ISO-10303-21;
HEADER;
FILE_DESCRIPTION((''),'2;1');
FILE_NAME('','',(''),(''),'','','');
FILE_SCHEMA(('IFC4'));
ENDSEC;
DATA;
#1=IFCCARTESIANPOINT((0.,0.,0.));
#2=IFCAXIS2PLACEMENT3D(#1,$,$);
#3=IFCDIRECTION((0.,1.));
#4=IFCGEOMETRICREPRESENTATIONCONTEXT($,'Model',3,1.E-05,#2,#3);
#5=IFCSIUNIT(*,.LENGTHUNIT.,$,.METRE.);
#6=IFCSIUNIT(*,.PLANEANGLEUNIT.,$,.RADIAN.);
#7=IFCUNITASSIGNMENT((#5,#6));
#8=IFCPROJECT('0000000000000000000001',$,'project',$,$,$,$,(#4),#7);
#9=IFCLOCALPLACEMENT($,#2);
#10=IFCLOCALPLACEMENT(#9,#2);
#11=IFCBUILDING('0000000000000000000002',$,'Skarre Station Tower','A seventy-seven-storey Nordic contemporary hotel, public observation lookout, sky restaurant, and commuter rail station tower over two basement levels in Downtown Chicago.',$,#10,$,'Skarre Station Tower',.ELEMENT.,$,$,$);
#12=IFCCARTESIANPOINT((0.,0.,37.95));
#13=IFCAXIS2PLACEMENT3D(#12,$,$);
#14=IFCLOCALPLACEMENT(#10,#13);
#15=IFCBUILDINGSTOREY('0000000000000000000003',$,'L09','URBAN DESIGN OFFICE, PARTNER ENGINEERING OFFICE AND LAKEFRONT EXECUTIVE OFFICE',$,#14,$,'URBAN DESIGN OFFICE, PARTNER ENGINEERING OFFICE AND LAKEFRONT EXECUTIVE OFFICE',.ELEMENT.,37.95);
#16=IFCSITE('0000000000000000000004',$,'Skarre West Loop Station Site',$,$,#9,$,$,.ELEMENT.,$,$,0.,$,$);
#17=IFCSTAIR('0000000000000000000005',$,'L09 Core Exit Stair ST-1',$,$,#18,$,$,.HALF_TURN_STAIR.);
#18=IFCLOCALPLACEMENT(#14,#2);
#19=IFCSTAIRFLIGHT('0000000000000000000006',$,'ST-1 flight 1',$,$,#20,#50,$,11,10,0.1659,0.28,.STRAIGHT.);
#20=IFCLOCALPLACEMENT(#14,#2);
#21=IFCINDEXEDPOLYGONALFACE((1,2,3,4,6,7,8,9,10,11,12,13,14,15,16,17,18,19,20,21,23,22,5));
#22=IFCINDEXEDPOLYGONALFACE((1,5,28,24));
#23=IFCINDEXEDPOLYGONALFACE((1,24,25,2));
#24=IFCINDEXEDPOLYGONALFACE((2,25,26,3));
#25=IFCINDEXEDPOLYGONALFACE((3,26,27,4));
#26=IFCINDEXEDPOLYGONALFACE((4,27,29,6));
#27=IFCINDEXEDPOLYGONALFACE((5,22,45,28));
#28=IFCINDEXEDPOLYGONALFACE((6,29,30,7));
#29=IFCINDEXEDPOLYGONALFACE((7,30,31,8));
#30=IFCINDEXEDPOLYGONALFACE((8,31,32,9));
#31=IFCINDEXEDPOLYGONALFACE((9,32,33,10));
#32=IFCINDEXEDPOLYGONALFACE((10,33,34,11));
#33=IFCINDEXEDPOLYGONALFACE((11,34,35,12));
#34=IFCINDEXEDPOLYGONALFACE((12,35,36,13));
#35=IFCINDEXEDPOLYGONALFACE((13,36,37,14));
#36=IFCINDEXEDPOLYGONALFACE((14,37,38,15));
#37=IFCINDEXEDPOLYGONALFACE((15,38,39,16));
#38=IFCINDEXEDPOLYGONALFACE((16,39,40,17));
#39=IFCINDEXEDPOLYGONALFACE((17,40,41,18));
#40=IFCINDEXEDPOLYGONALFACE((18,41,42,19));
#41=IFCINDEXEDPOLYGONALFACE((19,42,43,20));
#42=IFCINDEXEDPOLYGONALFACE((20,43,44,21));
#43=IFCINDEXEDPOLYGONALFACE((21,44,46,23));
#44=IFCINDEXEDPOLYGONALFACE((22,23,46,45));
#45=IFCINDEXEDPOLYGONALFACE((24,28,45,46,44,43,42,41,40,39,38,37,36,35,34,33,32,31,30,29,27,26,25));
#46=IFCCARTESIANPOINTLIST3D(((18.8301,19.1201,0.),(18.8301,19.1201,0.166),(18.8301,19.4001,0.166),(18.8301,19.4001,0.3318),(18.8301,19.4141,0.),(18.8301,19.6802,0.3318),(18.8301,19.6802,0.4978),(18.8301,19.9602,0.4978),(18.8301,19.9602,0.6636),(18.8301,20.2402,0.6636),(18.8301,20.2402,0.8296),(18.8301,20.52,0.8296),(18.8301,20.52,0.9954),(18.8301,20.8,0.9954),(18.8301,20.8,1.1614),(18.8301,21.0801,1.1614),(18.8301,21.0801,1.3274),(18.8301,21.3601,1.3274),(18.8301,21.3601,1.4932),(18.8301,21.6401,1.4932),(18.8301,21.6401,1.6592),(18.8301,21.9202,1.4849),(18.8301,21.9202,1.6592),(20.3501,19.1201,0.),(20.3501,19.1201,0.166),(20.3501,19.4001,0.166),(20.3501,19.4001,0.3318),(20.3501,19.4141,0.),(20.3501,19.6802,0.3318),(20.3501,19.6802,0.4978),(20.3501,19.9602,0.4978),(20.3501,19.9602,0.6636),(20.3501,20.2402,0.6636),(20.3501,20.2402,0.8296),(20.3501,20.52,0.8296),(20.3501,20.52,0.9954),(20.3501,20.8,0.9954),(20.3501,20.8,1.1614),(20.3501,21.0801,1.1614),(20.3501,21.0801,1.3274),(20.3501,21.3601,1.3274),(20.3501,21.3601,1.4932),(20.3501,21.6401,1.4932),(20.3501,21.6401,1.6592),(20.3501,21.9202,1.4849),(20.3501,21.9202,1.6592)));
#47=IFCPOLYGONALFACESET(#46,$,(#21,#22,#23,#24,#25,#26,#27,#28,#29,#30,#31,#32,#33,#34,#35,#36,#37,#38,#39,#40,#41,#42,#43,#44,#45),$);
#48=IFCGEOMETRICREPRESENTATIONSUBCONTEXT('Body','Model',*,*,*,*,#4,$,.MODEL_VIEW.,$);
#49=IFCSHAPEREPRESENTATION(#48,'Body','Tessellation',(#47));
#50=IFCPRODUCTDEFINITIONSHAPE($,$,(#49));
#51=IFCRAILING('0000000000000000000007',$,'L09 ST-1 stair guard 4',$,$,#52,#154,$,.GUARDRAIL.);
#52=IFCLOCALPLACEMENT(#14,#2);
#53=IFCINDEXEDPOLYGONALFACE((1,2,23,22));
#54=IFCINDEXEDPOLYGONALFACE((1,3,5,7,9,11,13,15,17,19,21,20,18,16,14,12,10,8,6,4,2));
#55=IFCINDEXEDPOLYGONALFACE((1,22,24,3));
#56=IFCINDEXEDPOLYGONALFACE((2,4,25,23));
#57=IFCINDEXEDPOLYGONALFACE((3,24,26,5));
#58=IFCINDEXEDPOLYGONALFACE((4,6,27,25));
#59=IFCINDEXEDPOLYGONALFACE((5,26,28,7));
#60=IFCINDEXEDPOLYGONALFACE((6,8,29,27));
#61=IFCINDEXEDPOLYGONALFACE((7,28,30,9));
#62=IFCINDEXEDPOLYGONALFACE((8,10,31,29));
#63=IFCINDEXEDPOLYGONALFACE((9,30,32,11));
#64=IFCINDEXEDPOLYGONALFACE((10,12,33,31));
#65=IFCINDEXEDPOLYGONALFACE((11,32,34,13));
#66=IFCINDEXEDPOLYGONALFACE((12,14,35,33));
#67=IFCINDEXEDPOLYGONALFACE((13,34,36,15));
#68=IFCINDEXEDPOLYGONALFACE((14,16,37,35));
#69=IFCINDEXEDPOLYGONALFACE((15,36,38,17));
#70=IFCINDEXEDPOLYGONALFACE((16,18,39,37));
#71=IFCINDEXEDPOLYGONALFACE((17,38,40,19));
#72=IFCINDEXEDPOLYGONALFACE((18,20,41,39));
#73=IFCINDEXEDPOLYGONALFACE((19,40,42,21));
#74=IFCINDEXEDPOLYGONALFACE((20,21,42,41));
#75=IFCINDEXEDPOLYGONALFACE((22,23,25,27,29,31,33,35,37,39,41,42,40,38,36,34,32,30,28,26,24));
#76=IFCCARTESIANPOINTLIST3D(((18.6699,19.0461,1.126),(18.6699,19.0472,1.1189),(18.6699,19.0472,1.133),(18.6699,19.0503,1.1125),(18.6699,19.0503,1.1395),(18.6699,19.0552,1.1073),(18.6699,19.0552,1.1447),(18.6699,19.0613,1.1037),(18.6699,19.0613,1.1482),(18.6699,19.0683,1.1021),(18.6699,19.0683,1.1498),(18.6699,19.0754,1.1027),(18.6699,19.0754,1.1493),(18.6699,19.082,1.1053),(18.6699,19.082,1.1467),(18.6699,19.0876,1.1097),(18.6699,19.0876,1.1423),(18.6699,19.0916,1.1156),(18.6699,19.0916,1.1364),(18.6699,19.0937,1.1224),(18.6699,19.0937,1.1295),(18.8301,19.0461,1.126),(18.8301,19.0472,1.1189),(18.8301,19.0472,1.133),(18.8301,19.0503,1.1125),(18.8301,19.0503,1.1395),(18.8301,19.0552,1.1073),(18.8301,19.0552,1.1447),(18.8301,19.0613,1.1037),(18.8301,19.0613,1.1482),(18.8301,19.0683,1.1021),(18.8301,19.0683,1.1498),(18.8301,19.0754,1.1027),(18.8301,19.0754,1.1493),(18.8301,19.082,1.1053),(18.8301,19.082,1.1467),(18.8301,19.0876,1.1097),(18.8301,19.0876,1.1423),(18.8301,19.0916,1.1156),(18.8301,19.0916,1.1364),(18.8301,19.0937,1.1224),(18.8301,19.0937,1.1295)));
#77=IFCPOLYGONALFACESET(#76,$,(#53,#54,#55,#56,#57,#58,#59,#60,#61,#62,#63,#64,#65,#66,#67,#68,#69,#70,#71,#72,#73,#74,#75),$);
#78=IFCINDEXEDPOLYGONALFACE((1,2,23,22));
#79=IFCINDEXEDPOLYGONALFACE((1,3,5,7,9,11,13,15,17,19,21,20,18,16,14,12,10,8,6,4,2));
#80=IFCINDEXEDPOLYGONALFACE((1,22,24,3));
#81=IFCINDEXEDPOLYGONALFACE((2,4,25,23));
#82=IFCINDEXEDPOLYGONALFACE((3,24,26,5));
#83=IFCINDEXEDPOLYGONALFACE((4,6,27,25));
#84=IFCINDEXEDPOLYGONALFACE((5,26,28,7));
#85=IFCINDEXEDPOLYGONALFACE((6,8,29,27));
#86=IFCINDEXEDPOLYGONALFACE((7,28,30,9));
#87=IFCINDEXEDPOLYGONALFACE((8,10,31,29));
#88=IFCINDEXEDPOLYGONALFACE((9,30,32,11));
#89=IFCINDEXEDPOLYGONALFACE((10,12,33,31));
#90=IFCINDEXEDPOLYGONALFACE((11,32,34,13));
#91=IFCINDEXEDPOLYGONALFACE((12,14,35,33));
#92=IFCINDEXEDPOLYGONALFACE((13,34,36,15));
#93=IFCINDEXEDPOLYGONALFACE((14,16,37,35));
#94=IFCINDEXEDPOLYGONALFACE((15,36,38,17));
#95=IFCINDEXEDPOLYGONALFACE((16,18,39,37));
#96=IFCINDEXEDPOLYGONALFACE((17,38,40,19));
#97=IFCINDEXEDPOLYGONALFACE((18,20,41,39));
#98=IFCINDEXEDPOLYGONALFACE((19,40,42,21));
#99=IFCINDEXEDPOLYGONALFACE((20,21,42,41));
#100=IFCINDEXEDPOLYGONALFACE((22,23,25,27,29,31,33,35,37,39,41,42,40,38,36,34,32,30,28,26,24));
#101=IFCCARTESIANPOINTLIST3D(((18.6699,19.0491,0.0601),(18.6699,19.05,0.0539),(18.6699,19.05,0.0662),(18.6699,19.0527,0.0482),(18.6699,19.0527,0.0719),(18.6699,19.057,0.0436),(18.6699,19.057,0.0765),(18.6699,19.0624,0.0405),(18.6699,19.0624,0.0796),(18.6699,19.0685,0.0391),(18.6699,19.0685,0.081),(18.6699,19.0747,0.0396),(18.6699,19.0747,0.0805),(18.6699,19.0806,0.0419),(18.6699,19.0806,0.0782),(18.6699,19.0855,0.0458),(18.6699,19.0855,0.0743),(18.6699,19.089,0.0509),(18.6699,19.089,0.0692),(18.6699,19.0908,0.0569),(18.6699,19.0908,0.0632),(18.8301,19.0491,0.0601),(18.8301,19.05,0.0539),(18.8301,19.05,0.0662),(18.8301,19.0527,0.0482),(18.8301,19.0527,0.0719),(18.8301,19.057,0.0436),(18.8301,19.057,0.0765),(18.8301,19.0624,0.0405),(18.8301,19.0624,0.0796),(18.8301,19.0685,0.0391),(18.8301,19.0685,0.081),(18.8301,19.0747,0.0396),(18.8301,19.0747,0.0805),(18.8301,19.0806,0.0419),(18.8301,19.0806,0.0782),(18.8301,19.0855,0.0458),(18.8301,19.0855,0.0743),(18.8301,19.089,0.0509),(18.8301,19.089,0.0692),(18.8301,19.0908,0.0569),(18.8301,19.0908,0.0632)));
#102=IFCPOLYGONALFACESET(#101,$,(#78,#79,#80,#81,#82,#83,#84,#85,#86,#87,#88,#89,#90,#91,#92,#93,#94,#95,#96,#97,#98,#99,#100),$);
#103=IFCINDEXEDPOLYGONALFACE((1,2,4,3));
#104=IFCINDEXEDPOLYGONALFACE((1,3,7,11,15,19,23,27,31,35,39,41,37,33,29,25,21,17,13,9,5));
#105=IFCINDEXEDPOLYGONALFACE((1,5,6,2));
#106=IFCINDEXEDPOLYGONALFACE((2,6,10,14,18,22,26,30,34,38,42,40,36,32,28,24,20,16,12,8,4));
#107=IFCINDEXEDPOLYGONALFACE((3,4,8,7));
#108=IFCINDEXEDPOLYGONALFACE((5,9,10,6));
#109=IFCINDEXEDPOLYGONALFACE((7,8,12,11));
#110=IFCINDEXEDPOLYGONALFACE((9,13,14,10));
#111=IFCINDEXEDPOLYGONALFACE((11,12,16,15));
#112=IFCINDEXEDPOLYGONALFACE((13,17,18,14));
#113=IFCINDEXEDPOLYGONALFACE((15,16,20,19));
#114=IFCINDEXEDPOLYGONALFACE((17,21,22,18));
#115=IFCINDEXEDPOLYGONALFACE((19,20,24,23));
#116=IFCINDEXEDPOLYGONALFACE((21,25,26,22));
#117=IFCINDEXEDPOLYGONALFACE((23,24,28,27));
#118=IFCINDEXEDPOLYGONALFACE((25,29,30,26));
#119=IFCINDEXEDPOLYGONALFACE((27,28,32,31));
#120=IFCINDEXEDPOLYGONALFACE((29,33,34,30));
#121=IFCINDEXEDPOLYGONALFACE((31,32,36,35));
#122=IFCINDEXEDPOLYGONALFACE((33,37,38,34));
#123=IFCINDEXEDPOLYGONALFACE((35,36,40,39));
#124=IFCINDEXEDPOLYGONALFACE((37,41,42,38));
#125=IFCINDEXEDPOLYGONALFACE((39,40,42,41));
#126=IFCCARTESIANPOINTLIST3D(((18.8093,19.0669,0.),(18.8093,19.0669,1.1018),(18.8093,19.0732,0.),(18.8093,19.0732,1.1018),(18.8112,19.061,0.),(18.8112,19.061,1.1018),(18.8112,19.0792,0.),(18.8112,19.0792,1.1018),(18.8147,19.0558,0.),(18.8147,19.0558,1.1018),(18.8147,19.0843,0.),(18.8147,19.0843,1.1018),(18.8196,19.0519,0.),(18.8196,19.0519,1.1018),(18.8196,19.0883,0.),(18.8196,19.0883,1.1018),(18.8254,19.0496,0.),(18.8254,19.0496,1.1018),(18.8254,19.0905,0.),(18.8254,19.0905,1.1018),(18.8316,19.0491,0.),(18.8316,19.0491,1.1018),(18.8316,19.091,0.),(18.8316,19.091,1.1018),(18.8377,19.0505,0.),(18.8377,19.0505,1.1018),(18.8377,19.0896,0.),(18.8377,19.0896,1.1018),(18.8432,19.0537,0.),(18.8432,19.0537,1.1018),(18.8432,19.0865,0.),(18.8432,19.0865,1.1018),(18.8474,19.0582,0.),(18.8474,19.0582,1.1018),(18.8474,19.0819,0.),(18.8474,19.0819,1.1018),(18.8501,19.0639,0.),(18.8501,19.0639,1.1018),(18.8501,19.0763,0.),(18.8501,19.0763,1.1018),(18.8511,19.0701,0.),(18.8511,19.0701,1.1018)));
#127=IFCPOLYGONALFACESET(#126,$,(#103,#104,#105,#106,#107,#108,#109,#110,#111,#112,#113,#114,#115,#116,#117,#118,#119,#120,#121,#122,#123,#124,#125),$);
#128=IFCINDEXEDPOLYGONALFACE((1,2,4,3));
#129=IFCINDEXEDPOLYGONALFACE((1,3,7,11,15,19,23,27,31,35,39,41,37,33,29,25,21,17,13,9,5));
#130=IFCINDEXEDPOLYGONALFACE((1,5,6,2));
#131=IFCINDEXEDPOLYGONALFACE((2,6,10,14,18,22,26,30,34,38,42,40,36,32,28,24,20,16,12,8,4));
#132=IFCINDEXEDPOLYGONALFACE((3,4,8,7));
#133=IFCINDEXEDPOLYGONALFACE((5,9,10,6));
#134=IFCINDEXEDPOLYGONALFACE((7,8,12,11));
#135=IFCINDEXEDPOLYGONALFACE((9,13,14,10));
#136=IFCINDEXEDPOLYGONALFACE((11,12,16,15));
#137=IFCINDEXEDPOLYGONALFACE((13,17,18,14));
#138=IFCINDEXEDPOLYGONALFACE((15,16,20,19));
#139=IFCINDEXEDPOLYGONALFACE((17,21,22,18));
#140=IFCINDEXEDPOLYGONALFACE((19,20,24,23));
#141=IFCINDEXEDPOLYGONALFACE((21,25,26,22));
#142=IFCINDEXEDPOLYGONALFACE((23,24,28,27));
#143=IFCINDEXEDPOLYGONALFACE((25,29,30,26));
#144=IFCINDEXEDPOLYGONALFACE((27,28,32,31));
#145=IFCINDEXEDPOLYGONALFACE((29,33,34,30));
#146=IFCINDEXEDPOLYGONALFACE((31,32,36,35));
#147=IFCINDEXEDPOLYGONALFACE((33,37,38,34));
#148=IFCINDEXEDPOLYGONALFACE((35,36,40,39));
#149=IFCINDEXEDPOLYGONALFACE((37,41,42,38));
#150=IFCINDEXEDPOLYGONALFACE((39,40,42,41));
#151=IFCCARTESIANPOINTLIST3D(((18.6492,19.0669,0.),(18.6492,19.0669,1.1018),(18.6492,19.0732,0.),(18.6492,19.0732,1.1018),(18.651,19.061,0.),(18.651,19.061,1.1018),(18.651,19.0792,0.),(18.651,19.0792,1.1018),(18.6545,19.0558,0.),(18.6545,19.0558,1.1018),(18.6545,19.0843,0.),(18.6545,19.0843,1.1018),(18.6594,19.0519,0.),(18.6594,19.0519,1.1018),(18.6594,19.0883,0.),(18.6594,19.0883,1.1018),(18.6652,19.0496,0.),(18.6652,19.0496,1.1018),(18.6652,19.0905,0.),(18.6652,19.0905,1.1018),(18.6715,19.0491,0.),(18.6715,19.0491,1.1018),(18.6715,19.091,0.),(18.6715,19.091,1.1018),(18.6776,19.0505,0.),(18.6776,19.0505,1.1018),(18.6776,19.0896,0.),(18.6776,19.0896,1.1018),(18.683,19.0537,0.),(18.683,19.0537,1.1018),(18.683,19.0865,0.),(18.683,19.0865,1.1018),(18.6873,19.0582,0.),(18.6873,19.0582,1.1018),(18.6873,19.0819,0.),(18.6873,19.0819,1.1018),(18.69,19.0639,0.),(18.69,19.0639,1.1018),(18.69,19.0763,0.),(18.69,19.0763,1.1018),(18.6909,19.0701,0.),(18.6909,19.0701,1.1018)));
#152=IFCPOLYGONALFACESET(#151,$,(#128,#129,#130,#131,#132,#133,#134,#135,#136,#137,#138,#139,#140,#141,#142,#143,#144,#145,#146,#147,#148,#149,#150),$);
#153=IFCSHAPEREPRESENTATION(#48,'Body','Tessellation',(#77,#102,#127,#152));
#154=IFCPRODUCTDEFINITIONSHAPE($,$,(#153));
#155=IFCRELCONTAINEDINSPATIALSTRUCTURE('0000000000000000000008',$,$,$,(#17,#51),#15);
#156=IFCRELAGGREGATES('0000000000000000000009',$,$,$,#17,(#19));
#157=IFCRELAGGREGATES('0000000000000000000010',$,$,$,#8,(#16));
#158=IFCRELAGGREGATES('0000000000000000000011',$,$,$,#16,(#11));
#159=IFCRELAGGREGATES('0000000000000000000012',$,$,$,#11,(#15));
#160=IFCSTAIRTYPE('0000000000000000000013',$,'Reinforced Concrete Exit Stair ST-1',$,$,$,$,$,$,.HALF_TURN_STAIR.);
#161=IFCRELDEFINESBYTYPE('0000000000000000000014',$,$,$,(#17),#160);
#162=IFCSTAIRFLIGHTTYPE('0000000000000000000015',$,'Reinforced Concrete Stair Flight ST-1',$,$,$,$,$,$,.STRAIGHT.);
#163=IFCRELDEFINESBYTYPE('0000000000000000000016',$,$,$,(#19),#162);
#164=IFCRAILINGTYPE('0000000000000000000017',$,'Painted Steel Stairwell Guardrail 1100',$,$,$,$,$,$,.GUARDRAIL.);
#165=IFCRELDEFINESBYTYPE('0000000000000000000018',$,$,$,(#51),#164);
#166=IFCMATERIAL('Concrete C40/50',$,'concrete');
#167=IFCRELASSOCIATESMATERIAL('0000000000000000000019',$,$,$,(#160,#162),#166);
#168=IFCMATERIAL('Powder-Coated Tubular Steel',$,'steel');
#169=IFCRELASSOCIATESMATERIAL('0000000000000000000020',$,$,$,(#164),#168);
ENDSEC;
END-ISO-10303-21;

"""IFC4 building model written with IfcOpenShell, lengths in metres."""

from ifc_helpers import new_model, si_unit, direction, frame, origin, origin_2d, place, context, subcontext, project, spatial, polyline, circle, outline, extrude, material, type_object, element, aggregate, save


model = new_model("IFC4")

# Units and contexts
model_context = context("Model", 3, precision=1e-05, world=origin(), true_north=direction((0.0, 1.0)))
body_context = subcontext(model_context, "Body", "Model", "MODEL_VIEW")
ifc_project = project(units=[si_unit("LENGTHUNIT", "METRE"), si_unit("PLANEANGLEUNIT", "RADIAN")], contexts=[model_context])

# Site, building, storey
site_placement = place(None, origin())
site = spatial("IfcSite", under=ifc_project, at=site_placement, Name="Skarre West Loop Station Site", CompositionType="ELEMENT", RefElevation=0.0)
building_placement = place(site_placement, origin())
building = spatial("IfcBuilding", under=site, at=building_placement, Name="Skarre Station Tower", Description="A seventy-seven-storey Nordic contemporary hotel, public observation lookout, sky restaurant, and commuter rail station tower over two basement levels in Downtown Chicago.", LongName="Skarre Station Tower", CompositionType="ELEMENT")
storey_placement = place(building_placement, frame((0.0, 0.0, 37.95)))
storey = spatial("IfcBuildingStorey", under=building, at=storey_placement, Name="L09", Description="URBAN DESIGN OFFICE, PARTNER ENGINEERING OFFICE AND LAKEFRONT EXECUTIVE OFFICE", LongName="URBAN DESIGN OFFICE, PARTNER ENGINEERING OFFICE AND LAKEFRONT EXECUTIVE OFFICE", CompositionType="ELEMENT", Elevation=37.95)

# Stair
ifc_material_1 = material(Name="Concrete C40/50", Category="concrete")
stair_type_1 = type_object("IfcStairType", Name="Reinforced Concrete Exit Stair ST-1", PredefinedType="HALF_TURN_STAIR", material=ifc_material_1)
stair_1_placement = place(storey_placement, origin())
stair_1 = element("IfcStair", 1, at=stair_1_placement, inside=storey, type_object=stair_type_1, Name="L09 Core Exit Stair ST-1", PredefinedType="HALF_TURN_STAIR")

# Stair flight
stair_flight_type = type_object("IfcStairFlightType", Name="Reinforced Concrete Stair Flight ST-1", PredefinedType="STRAIGHT", material=ifc_material_1)
stair_flight_placement = place(storey_placement, frame((19.5901, 19.1201, 0.0), z_axis=(0.0, 0.0, 1.0), x_axis=(0.0, 1.0, 0.0)))
stair_flight = element("IfcStairFlight", 2, at=stair_flight_placement, type_object=stair_flight_type, Name="ST-1 flight 1", NumberOfRisers=11, NumberOfTreads=10, PredefinedType="STRAIGHT", RiserHeight=0.1659, TreadLength=0.28, context=body_context, shape_type="SweptSolid", body=[
    extrude(outline(polyline([(0.0, 0.0), (0.0, 0.166), (0.28, 0.166), (0.28, 0.3318), (0.5601, 0.3318), (0.5601, 0.4978), (0.8401, 0.4978), (0.8401, 0.6636), (1.1201, 0.6636), (1.1201, 0.8296), (1.3999, 0.8296), (1.3999, 0.9954), (1.6799, 0.9954), (1.6799, 1.1614), (1.96, 1.1614), (1.96, 1.3274), (2.24, 1.3274), (2.24, 1.4932), (2.52, 1.4932), (2.52, 1.6592), (2.8, 1.6592), (2.8, 1.825), (2.8, 1.4849), (0.2939, 0.0), (0.0, 0.0)])), frame((0.0, 0.76, 0.0), z_axis=(0.0, -1.0, 0.0), x_axis=(1.0, 0.0, 0.0)), (0.0, 0.0, 1.0), 1.52),
])
aggregate(stair_1, [stair_flight])

# Railing
ifc_material_2 = material(Name="Powder-Coated Tubular Steel", Category="steel")
railing_type = type_object("IfcRailingType", Name="Painted Steel Stairwell Guardrail 1100", PredefinedType="GUARDRAIL", material=ifc_material_2)
railing_1_placement = place(storey_placement, frame((18.8301, 19.0701, 0.0)))
element("IfcRailing", 3, at=railing_1_placement, inside=storey, type_object=railing_type, Name="L09 ST-1 stair guard 4", PredefinedType="GUARDRAIL", context=body_context, shape_type="SweptSolid", body=[
    extrude(circle(Radius=0.0239, at=origin_2d()), frame((0.0, 0.0, 1.126), z_axis=(-1.0, 0.0, 0.0), x_axis=(0.0, -1.0, 0.0)), (0.0, 0.0, 1.0), 0.1602),
    extrude(circle(Radius=0.021, at=origin_2d()), frame((0.0, 0.0, 0.0601), z_axis=(-1.0, 0.0, 0.0), x_axis=(0.0, -1.0, 0.0)), (0.0, 0.0, 1.0), 0.1602),
    extrude(circle(Radius=0.021, at=origin_2d()), origin(), (0.0, 0.0, 1.0), 1.1018),
    extrude(circle(Radius=0.021, at=origin_2d()), frame((-0.1602, 0.0, 0.0)), (0.0, 0.0, 1.0), 1.1018),
])

save(model, "model.ifc")
